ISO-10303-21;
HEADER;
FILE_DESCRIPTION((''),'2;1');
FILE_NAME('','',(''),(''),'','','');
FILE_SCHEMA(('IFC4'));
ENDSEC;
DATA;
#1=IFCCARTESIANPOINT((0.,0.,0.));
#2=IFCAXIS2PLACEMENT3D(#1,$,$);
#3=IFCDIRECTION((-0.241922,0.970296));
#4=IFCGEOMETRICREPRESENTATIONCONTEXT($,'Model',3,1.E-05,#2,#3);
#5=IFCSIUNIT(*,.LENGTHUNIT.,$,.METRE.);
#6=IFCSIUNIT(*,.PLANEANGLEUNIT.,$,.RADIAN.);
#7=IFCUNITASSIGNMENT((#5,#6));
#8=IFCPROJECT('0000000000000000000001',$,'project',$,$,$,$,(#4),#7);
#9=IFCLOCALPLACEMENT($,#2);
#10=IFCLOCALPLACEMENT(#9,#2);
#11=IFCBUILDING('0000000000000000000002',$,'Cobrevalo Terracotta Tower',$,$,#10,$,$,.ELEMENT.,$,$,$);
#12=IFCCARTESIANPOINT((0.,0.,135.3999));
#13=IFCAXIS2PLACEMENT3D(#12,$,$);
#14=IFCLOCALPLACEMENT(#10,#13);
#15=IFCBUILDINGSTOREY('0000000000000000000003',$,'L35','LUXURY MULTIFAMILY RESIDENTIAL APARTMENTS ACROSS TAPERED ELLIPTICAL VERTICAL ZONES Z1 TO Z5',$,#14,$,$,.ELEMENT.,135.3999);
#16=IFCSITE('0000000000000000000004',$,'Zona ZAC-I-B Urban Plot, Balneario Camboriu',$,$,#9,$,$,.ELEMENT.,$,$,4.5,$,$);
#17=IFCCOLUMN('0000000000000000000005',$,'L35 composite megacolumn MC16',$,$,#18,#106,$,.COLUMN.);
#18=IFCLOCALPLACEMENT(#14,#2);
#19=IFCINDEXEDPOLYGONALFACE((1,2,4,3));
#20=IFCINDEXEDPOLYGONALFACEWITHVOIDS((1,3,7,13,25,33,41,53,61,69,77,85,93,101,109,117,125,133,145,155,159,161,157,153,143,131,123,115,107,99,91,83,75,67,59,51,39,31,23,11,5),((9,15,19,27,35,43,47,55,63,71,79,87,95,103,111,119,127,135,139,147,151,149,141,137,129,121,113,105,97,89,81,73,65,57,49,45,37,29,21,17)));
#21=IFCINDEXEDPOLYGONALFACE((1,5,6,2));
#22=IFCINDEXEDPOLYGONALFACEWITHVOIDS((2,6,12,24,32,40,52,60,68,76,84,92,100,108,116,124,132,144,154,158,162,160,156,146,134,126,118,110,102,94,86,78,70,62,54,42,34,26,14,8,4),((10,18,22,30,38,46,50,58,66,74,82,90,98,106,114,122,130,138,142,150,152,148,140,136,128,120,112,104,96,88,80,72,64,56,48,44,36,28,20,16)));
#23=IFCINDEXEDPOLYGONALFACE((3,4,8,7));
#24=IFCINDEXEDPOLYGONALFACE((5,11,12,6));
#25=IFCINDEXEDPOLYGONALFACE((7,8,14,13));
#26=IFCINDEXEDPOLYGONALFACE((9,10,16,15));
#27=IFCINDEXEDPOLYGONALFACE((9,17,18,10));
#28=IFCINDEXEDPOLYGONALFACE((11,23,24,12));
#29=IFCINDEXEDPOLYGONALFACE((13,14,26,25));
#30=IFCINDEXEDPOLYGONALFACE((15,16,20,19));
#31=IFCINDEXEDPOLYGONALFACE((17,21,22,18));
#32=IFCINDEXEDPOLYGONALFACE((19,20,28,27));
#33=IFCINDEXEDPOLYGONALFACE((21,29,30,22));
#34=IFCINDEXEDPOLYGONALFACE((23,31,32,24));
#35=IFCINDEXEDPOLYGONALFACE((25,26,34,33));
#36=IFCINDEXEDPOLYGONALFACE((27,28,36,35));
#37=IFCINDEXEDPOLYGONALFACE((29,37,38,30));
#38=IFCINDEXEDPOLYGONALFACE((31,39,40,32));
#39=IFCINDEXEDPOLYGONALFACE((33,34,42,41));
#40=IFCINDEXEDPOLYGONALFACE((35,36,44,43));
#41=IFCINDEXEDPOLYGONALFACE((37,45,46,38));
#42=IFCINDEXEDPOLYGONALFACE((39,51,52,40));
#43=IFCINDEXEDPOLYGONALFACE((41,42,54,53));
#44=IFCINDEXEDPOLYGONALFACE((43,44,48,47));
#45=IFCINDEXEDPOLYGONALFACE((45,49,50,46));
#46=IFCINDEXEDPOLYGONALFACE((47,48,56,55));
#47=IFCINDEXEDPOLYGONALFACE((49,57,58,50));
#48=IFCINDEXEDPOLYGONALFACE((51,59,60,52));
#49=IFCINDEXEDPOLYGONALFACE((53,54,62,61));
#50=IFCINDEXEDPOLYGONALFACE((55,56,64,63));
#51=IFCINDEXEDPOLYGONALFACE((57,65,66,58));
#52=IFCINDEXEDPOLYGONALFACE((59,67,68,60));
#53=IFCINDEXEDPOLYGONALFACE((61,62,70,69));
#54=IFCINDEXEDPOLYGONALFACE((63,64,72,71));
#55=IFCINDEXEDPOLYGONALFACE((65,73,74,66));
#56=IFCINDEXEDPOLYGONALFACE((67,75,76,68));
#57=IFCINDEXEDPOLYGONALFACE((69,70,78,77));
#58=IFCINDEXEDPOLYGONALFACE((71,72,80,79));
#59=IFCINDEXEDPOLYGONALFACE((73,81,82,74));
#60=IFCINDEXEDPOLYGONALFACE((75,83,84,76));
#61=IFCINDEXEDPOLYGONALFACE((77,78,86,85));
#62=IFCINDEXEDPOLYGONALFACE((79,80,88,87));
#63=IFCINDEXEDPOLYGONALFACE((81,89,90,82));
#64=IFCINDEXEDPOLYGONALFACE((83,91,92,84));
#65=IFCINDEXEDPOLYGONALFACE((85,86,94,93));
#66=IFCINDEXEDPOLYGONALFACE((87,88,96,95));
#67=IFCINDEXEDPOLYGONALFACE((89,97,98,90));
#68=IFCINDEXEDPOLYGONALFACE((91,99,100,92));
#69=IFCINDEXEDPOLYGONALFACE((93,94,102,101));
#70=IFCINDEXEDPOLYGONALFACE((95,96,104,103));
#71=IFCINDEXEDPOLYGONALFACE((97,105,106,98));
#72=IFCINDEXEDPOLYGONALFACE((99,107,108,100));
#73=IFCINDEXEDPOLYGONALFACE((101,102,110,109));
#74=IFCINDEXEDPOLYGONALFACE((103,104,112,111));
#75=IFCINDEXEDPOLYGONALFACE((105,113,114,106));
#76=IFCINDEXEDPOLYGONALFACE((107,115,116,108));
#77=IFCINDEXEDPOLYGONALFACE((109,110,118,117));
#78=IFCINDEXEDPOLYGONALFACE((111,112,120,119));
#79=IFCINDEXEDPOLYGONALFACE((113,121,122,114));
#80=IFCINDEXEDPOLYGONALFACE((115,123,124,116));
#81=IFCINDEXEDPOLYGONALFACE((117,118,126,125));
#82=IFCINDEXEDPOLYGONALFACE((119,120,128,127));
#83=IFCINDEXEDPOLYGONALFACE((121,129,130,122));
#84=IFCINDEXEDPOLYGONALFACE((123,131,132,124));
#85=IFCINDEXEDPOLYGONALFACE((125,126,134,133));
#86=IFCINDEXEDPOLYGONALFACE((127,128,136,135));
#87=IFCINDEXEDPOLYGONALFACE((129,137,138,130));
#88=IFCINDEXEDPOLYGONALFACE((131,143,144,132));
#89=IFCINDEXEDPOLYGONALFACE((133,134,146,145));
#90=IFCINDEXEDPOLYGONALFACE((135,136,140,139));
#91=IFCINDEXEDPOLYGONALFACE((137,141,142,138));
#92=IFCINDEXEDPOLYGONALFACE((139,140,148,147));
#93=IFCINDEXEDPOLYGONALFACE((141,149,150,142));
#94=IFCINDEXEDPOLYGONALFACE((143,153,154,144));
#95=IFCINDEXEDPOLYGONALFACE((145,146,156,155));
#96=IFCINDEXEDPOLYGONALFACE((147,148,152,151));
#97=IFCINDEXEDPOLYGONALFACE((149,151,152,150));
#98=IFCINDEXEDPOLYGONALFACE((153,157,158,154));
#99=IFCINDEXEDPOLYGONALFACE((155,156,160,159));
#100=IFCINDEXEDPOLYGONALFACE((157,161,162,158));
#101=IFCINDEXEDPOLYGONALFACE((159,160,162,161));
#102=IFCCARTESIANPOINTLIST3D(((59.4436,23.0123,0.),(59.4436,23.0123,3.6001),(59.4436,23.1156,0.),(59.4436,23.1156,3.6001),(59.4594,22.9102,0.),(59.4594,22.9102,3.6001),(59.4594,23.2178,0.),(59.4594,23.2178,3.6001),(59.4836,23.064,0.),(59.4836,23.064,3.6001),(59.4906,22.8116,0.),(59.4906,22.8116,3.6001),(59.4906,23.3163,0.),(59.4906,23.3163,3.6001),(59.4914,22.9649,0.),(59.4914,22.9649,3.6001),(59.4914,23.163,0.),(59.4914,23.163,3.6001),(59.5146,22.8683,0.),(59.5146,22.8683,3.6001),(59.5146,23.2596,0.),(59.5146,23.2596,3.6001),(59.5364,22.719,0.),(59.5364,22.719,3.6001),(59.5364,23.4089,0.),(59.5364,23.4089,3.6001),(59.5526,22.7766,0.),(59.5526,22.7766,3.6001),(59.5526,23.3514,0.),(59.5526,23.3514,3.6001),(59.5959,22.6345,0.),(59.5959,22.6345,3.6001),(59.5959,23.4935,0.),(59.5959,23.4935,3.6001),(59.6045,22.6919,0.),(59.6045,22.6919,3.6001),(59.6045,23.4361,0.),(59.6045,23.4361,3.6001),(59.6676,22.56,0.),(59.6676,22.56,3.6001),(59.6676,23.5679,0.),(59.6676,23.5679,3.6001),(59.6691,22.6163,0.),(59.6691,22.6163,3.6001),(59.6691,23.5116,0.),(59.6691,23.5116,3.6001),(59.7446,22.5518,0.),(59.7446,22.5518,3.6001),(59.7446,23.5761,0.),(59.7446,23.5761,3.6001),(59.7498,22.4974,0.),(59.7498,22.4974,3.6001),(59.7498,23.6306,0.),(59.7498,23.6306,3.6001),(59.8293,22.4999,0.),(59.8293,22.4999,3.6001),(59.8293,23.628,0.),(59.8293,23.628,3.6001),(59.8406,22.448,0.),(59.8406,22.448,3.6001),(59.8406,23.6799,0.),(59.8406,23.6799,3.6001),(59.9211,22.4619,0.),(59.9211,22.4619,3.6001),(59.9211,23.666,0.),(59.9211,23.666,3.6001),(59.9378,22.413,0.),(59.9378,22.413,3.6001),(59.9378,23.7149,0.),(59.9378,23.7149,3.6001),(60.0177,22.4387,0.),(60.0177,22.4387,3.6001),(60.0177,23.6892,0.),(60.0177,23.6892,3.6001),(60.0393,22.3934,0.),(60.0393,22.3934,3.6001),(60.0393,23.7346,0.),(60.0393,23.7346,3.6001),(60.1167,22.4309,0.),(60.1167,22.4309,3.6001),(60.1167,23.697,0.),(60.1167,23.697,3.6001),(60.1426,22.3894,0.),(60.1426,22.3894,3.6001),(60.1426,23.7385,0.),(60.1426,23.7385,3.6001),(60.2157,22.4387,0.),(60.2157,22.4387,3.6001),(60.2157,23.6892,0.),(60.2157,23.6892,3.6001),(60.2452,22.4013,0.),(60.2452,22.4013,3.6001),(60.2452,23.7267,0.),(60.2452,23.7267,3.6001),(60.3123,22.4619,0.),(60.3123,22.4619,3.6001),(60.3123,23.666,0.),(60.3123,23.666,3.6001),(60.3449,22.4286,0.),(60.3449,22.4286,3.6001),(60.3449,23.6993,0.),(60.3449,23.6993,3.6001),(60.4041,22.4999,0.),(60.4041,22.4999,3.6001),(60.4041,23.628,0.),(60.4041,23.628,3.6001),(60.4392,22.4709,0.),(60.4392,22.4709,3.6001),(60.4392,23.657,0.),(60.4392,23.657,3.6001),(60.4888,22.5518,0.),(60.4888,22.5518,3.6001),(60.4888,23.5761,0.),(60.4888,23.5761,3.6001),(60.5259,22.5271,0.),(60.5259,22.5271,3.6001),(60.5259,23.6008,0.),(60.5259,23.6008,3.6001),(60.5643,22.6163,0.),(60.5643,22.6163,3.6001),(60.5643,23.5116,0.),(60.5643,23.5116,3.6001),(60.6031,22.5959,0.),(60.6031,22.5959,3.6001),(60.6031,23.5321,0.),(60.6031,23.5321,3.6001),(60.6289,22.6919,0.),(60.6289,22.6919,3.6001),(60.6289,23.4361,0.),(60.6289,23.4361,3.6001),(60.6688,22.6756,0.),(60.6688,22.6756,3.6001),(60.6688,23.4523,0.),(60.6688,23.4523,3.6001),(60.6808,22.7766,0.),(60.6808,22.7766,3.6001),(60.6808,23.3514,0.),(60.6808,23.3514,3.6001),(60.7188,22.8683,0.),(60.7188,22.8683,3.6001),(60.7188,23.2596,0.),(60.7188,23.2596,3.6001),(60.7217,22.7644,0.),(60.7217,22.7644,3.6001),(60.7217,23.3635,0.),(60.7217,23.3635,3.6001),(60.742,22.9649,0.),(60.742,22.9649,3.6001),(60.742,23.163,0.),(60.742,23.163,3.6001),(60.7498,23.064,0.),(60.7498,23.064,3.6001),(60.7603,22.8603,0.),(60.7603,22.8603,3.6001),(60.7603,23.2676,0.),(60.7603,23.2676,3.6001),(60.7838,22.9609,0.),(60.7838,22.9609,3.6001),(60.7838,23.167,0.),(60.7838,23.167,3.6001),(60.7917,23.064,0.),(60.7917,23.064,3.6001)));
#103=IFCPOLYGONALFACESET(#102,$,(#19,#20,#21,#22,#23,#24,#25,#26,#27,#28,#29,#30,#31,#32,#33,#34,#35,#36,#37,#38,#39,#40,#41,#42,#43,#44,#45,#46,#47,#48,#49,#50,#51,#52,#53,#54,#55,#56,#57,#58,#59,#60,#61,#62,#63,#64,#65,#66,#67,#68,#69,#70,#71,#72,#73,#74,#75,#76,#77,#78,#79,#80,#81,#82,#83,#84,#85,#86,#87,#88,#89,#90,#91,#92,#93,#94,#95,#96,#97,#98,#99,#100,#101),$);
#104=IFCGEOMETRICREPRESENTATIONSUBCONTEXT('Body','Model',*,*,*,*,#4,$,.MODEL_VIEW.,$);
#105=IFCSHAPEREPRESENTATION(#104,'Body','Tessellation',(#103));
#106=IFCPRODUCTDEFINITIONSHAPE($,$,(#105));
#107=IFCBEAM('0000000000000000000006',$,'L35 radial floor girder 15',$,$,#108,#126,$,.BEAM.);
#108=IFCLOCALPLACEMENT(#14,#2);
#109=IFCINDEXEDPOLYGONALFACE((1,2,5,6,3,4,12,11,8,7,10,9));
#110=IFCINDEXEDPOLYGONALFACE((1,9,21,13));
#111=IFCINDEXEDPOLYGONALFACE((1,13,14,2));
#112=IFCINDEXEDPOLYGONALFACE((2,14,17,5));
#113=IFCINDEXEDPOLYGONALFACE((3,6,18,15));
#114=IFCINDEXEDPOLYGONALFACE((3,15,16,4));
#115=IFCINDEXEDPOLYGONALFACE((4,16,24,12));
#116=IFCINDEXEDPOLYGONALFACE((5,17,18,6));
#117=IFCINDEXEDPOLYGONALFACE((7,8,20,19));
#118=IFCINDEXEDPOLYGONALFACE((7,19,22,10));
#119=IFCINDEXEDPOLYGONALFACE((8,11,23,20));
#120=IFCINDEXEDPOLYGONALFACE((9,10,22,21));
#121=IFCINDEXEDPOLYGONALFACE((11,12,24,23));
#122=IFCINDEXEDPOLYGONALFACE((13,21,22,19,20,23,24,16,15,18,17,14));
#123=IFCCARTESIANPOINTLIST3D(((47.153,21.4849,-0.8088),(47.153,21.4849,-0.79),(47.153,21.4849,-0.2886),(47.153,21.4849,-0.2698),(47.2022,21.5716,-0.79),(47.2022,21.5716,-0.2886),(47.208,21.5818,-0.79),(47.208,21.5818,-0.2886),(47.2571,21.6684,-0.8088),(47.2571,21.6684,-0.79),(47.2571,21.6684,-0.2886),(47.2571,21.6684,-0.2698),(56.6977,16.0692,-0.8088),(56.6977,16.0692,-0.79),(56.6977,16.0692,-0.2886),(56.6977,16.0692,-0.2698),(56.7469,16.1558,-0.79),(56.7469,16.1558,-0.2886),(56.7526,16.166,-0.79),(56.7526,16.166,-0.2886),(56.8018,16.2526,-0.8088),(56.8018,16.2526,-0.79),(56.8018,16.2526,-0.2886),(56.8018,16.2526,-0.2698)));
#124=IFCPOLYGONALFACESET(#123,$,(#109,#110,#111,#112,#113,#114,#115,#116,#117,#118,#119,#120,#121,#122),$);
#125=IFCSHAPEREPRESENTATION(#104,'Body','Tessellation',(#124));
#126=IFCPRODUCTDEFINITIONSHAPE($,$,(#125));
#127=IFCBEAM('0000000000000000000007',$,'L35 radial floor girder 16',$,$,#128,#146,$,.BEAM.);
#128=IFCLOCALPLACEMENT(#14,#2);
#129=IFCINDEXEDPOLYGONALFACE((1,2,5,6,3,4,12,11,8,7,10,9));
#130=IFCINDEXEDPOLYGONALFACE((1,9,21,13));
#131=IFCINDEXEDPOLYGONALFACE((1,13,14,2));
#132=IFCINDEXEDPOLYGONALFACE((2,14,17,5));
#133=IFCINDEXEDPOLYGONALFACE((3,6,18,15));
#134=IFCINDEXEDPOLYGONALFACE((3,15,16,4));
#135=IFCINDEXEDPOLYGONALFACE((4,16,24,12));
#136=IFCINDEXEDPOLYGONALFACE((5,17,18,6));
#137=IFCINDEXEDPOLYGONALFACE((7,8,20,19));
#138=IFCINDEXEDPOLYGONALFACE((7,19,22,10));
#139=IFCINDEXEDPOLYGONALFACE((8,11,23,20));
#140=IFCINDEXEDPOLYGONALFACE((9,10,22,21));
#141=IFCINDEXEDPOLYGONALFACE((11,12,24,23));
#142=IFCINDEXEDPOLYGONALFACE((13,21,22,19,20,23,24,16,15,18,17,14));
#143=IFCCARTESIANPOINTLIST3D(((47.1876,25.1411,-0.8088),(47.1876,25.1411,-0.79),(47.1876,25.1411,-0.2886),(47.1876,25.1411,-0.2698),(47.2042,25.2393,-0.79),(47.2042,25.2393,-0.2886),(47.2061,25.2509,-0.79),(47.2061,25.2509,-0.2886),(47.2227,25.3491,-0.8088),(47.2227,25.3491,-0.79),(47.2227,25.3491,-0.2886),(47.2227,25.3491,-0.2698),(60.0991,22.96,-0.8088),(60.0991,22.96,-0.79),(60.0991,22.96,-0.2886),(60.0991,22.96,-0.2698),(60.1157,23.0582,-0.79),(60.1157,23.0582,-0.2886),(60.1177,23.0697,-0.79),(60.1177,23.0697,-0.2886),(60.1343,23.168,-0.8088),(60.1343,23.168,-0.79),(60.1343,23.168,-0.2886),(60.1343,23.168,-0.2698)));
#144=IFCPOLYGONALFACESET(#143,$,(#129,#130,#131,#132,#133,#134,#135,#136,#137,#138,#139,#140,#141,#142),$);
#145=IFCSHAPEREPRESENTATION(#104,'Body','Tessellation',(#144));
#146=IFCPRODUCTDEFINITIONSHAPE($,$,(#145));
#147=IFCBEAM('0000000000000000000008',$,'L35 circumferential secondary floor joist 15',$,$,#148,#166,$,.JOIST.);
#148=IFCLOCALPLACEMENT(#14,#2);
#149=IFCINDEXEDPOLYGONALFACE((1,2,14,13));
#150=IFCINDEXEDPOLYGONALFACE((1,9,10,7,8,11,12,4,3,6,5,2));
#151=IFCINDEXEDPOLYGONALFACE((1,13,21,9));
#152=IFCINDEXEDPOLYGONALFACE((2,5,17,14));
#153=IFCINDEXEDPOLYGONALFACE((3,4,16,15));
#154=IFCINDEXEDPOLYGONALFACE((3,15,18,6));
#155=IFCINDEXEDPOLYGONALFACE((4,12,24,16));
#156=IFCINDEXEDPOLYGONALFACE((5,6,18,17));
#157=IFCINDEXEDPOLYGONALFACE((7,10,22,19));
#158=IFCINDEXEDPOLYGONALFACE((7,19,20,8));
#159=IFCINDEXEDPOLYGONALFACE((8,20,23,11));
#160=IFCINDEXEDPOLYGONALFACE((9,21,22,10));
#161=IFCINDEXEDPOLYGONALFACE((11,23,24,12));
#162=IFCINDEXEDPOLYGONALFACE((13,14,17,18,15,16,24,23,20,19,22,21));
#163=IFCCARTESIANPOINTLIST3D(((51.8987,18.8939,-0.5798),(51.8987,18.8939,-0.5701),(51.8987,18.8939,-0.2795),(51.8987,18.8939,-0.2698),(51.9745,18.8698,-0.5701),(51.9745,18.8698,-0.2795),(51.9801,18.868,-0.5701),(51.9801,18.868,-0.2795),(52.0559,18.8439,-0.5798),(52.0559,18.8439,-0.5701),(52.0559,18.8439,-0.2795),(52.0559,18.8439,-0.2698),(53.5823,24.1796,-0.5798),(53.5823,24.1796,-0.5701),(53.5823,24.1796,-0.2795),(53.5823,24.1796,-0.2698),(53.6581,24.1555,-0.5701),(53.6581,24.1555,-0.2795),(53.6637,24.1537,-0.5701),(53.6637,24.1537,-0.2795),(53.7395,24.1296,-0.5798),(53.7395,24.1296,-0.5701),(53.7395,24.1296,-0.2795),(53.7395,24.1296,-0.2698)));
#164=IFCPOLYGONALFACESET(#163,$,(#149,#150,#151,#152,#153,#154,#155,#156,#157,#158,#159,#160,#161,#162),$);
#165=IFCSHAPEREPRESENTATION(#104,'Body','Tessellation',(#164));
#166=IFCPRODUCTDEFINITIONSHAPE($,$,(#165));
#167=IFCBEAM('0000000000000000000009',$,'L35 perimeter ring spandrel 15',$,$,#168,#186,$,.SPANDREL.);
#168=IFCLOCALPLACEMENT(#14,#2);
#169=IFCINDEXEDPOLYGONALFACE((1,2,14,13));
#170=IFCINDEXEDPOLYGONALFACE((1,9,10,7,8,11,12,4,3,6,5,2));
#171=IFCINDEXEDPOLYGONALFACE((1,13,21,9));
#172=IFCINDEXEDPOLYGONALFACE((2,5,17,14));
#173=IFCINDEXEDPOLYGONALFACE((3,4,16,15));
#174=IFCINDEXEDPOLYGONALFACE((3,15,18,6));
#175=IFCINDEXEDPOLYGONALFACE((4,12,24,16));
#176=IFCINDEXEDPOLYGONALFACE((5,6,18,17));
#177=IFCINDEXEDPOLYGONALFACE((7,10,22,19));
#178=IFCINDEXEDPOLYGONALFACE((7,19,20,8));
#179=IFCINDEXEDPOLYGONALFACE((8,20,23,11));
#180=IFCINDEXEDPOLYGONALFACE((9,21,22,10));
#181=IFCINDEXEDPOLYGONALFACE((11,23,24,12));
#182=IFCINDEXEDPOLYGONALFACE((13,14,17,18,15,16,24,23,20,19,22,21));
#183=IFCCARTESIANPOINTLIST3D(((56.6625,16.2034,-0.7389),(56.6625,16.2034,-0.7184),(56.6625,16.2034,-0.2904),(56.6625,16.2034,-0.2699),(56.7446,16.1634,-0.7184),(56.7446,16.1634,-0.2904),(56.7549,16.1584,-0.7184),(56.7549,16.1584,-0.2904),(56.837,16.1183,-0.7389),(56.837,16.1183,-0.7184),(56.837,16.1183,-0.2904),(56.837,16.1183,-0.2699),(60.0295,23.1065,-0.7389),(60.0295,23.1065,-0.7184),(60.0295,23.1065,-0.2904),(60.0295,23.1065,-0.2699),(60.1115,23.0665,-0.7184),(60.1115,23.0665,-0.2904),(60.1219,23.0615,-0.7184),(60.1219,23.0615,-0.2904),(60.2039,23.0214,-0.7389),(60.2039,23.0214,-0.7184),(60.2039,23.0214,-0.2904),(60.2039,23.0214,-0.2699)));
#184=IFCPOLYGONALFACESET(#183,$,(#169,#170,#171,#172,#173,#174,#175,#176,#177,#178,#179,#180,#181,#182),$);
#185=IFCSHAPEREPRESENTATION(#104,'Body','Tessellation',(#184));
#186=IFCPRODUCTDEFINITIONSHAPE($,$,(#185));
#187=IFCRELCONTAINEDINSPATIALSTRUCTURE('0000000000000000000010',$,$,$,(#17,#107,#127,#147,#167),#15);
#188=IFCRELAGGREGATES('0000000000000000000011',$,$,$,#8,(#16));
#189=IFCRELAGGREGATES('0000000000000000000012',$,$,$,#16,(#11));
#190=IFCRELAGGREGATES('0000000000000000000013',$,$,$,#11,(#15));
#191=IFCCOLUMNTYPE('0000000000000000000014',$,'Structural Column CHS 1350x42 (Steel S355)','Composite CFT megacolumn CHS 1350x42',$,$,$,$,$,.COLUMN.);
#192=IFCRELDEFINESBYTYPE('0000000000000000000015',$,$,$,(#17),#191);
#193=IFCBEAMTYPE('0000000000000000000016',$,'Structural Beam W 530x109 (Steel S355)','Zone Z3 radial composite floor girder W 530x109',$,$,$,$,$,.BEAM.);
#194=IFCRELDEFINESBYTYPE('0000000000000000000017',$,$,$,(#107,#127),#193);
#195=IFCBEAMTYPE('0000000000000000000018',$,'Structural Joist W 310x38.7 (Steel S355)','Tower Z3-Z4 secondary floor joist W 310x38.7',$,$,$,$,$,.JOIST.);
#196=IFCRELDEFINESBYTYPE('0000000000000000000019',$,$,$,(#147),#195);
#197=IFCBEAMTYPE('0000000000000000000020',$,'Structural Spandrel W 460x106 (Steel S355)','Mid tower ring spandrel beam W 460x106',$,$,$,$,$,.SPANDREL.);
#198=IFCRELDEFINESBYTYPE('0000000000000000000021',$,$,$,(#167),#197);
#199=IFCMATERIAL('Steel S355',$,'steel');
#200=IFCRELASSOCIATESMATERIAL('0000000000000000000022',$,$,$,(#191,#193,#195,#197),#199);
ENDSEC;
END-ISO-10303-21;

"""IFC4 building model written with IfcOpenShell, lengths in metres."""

from ifc_helpers import new_model, si_unit, direction, frame, origin, origin_2d, place, context, subcontext, project, spatial, hollow_circle, i_section, extrude, material, material_profile, profile_set, type_object, element, save


model = new_model("IFC4")

# Units and contexts
model_context = context("Model", 3, precision=1e-05, world=origin(), true_north=direction((-0.241922, 0.970296)))
body_context = subcontext(model_context, "Body", "Model", "MODEL_VIEW")
ifc_project = project(units=[si_unit("LENGTHUNIT", "METRE"), si_unit("PLANEANGLEUNIT", "RADIAN")], contexts=[model_context])

# Site, building, storey
site_placement = place(None, origin())
site = spatial("IfcSite", under=ifc_project, at=site_placement, Name="Zona ZAC-I-B Urban Plot, Balneario Camboriu", CompositionType="ELEMENT", RefElevation=4.5)
building_placement = place(site_placement, origin())
building = spatial("IfcBuilding", under=site, at=building_placement, Name="Cobrevalo Terracotta Tower", CompositionType="ELEMENT")
storey_placement = place(building_placement, frame((0.0, 0.0, 135.3999)))
storey = spatial("IfcBuildingStorey", under=building, at=storey_placement, Name="L35", Description="LUXURY MULTIFAMILY RESIDENTIAL APARTMENTS ACROSS TAPERED ELLIPTICAL VERTICAL ZONES Z1 TO Z5", CompositionType="ELEMENT", Elevation=135.3999)

# Column
ifc_material_1 = material(Name="Steel S355", Category="steel")
ifc_material_profile_1 = material_profile(ifc_material_1, hollow_circle(Radius=0.675, WallThickness=0.042, at=origin_2d()), Name="CHS 1350x42")
ifc_profile_set_1 = profile_set([ifc_material_profile_1], Name="Steel S355")
column_type = type_object("IfcColumnType", Name="Structural Column CHS 1350x42 (Steel S355)", Description="Composite CFT megacolumn CHS 1350x42", PredefinedType="COLUMN", material=ifc_profile_set_1)
column_placement = place(storey_placement, frame((60.1167, 23.064, 0.0), z_axis=(0.0, 0.0, 1.0), x_axis=(1.0, 0.0, 0.0)))
element("IfcColumn", 1, at=column_placement, inside=storey, type_object=column_type, Name="L35 composite megacolumn MC16", PredefinedType="COLUMN", context=body_context, shape_type="SweptSolid", body=[
    extrude(hollow_circle(Radius=0.675, WallThickness=0.042, at=origin_2d()), origin(), (0.0, 0.0, 1.0), 3.6001),
])

# Beams
ifc_material_profile_2 = material_profile(ifc_material_1, i_section(OverallWidth=0.2109, OverallDepth=0.5391, WebThickness=0.0117, FlangeThickness=0.0188, at=origin_2d()), Name="W 530x109")
ifc_profile_set_2 = profile_set([ifc_material_profile_2], Name="Steel S355")
beam_type_1 = type_object("IfcBeamType", Name="Structural Beam W 530x109 (Steel S355)", Description="Zone Z3 radial composite floor girder W 530x109", PredefinedType="BEAM", material=ifc_profile_set_2)
beam_1_placement = place(storey_placement, frame((56.7498, 16.1609, -0.5393), z_axis=(-0.869744, 0.493504, 0.0), x_axis=(-0.493504, -0.869744, 0.0)))
element("IfcBeam", 2, at=beam_1_placement, inside=storey, type_object=beam_type_1, Name="L35 radial floor girder 15", PredefinedType="BEAM", context=body_context, shape_type="SweptSolid", body=[
    extrude(i_section(OverallWidth=0.2109, OverallDepth=0.5391, WebThickness=0.0117, FlangeThickness=0.0188, at=origin_2d()), origin(), (0.0, 0.0, 1.0), 10.9741),
])
beam_2_placement = place(storey_placement, frame((60.1167, 23.064, -0.5393), z_axis=(-0.98603, 0.166569, 0.0), x_axis=(-0.166569, -0.98603, 0.0)))
element("IfcBeam", 3, at=beam_2_placement, inside=storey, type_object=beam_type_1, Name="L35 radial floor girder 16", PredefinedType="BEAM", context=body_context, shape_type="SweptSolid", body=[
    extrude(i_section(OverallWidth=0.2109, OverallDepth=0.5391, WebThickness=0.0117, FlangeThickness=0.0188, at=origin_2d()), origin(), (0.0, 0.0, 1.0), 13.0945),
])
ifc_material_profile_3 = material_profile(ifc_material_1, i_section(OverallWidth=0.165, OverallDepth=0.3101, WebThickness=0.0059, FlangeThickness=0.0098, at=origin_2d()), Name="W 310x38.7")
ifc_profile_set_3 = profile_set([ifc_material_profile_3], Name="Steel S355")
beam_type_2 = type_object("IfcBeamType", Name="Structural Joist W 310x38.7 (Steel S355)", Description="Tower Z3-Z4 secondary floor joist W 310x38.7", PredefinedType="JOIST", material=ifc_profile_set_3)
beam_3_placement = place(storey_placement, frame((51.9773, 18.8689, -0.4248), z_axis=(0.303498, 0.952832, 0.0), x_axis=(-0.952832, 0.303498, 0.0)))
element("IfcBeam", 4, at=beam_3_placement, inside=storey, type_object=beam_type_2, Name="L35 circumferential secondary floor joist 15", PredefinedType="JOIST", context=body_context, shape_type="SweptSolid", body=[
    extrude(i_section(OverallWidth=0.165, OverallDepth=0.3101, WebThickness=0.0059, FlangeThickness=0.0098, at=origin_2d()), origin(), (0.0, 0.0, 1.0), 5.5474),
])
ifc_material_profile_4 = material_profile(ifc_material_1, i_section(OverallWidth=0.1941, OverallDepth=0.469, WebThickness=0.0115, FlangeThickness=0.0205, at=origin_2d()), Name="W 460x106")
ifc_profile_set_4 = profile_set([ifc_material_profile_4], Name="Steel S355")
beam_type_3 = type_object("IfcBeamType", Name="Structural Spandrel W 460x106 (Steel S355)", Description="Mid tower ring spandrel beam W 460x106", PredefinedType="SPANDREL", material=ifc_profile_set_4)
beam_4_placement = place(storey_placement, frame((56.7498, 16.1609, -0.5044), z_axis=(0.43838, 0.89879, 0.0), x_axis=(-0.89879, 0.43838, 0.0)))
element("IfcBeam", 5, at=beam_4_placement, inside=storey, type_object=beam_type_3, Name="L35 perimeter ring spandrel 15", PredefinedType="SPANDREL", context=body_context, shape_type="SweptSolid", body=[
    extrude(i_section(OverallWidth=0.1941, OverallDepth=0.469, WebThickness=0.0115, FlangeThickness=0.0205, at=origin_2d()), origin(), (0.0, 0.0, 1.0), 7.6804),
])

save(model, "model.ifc")
